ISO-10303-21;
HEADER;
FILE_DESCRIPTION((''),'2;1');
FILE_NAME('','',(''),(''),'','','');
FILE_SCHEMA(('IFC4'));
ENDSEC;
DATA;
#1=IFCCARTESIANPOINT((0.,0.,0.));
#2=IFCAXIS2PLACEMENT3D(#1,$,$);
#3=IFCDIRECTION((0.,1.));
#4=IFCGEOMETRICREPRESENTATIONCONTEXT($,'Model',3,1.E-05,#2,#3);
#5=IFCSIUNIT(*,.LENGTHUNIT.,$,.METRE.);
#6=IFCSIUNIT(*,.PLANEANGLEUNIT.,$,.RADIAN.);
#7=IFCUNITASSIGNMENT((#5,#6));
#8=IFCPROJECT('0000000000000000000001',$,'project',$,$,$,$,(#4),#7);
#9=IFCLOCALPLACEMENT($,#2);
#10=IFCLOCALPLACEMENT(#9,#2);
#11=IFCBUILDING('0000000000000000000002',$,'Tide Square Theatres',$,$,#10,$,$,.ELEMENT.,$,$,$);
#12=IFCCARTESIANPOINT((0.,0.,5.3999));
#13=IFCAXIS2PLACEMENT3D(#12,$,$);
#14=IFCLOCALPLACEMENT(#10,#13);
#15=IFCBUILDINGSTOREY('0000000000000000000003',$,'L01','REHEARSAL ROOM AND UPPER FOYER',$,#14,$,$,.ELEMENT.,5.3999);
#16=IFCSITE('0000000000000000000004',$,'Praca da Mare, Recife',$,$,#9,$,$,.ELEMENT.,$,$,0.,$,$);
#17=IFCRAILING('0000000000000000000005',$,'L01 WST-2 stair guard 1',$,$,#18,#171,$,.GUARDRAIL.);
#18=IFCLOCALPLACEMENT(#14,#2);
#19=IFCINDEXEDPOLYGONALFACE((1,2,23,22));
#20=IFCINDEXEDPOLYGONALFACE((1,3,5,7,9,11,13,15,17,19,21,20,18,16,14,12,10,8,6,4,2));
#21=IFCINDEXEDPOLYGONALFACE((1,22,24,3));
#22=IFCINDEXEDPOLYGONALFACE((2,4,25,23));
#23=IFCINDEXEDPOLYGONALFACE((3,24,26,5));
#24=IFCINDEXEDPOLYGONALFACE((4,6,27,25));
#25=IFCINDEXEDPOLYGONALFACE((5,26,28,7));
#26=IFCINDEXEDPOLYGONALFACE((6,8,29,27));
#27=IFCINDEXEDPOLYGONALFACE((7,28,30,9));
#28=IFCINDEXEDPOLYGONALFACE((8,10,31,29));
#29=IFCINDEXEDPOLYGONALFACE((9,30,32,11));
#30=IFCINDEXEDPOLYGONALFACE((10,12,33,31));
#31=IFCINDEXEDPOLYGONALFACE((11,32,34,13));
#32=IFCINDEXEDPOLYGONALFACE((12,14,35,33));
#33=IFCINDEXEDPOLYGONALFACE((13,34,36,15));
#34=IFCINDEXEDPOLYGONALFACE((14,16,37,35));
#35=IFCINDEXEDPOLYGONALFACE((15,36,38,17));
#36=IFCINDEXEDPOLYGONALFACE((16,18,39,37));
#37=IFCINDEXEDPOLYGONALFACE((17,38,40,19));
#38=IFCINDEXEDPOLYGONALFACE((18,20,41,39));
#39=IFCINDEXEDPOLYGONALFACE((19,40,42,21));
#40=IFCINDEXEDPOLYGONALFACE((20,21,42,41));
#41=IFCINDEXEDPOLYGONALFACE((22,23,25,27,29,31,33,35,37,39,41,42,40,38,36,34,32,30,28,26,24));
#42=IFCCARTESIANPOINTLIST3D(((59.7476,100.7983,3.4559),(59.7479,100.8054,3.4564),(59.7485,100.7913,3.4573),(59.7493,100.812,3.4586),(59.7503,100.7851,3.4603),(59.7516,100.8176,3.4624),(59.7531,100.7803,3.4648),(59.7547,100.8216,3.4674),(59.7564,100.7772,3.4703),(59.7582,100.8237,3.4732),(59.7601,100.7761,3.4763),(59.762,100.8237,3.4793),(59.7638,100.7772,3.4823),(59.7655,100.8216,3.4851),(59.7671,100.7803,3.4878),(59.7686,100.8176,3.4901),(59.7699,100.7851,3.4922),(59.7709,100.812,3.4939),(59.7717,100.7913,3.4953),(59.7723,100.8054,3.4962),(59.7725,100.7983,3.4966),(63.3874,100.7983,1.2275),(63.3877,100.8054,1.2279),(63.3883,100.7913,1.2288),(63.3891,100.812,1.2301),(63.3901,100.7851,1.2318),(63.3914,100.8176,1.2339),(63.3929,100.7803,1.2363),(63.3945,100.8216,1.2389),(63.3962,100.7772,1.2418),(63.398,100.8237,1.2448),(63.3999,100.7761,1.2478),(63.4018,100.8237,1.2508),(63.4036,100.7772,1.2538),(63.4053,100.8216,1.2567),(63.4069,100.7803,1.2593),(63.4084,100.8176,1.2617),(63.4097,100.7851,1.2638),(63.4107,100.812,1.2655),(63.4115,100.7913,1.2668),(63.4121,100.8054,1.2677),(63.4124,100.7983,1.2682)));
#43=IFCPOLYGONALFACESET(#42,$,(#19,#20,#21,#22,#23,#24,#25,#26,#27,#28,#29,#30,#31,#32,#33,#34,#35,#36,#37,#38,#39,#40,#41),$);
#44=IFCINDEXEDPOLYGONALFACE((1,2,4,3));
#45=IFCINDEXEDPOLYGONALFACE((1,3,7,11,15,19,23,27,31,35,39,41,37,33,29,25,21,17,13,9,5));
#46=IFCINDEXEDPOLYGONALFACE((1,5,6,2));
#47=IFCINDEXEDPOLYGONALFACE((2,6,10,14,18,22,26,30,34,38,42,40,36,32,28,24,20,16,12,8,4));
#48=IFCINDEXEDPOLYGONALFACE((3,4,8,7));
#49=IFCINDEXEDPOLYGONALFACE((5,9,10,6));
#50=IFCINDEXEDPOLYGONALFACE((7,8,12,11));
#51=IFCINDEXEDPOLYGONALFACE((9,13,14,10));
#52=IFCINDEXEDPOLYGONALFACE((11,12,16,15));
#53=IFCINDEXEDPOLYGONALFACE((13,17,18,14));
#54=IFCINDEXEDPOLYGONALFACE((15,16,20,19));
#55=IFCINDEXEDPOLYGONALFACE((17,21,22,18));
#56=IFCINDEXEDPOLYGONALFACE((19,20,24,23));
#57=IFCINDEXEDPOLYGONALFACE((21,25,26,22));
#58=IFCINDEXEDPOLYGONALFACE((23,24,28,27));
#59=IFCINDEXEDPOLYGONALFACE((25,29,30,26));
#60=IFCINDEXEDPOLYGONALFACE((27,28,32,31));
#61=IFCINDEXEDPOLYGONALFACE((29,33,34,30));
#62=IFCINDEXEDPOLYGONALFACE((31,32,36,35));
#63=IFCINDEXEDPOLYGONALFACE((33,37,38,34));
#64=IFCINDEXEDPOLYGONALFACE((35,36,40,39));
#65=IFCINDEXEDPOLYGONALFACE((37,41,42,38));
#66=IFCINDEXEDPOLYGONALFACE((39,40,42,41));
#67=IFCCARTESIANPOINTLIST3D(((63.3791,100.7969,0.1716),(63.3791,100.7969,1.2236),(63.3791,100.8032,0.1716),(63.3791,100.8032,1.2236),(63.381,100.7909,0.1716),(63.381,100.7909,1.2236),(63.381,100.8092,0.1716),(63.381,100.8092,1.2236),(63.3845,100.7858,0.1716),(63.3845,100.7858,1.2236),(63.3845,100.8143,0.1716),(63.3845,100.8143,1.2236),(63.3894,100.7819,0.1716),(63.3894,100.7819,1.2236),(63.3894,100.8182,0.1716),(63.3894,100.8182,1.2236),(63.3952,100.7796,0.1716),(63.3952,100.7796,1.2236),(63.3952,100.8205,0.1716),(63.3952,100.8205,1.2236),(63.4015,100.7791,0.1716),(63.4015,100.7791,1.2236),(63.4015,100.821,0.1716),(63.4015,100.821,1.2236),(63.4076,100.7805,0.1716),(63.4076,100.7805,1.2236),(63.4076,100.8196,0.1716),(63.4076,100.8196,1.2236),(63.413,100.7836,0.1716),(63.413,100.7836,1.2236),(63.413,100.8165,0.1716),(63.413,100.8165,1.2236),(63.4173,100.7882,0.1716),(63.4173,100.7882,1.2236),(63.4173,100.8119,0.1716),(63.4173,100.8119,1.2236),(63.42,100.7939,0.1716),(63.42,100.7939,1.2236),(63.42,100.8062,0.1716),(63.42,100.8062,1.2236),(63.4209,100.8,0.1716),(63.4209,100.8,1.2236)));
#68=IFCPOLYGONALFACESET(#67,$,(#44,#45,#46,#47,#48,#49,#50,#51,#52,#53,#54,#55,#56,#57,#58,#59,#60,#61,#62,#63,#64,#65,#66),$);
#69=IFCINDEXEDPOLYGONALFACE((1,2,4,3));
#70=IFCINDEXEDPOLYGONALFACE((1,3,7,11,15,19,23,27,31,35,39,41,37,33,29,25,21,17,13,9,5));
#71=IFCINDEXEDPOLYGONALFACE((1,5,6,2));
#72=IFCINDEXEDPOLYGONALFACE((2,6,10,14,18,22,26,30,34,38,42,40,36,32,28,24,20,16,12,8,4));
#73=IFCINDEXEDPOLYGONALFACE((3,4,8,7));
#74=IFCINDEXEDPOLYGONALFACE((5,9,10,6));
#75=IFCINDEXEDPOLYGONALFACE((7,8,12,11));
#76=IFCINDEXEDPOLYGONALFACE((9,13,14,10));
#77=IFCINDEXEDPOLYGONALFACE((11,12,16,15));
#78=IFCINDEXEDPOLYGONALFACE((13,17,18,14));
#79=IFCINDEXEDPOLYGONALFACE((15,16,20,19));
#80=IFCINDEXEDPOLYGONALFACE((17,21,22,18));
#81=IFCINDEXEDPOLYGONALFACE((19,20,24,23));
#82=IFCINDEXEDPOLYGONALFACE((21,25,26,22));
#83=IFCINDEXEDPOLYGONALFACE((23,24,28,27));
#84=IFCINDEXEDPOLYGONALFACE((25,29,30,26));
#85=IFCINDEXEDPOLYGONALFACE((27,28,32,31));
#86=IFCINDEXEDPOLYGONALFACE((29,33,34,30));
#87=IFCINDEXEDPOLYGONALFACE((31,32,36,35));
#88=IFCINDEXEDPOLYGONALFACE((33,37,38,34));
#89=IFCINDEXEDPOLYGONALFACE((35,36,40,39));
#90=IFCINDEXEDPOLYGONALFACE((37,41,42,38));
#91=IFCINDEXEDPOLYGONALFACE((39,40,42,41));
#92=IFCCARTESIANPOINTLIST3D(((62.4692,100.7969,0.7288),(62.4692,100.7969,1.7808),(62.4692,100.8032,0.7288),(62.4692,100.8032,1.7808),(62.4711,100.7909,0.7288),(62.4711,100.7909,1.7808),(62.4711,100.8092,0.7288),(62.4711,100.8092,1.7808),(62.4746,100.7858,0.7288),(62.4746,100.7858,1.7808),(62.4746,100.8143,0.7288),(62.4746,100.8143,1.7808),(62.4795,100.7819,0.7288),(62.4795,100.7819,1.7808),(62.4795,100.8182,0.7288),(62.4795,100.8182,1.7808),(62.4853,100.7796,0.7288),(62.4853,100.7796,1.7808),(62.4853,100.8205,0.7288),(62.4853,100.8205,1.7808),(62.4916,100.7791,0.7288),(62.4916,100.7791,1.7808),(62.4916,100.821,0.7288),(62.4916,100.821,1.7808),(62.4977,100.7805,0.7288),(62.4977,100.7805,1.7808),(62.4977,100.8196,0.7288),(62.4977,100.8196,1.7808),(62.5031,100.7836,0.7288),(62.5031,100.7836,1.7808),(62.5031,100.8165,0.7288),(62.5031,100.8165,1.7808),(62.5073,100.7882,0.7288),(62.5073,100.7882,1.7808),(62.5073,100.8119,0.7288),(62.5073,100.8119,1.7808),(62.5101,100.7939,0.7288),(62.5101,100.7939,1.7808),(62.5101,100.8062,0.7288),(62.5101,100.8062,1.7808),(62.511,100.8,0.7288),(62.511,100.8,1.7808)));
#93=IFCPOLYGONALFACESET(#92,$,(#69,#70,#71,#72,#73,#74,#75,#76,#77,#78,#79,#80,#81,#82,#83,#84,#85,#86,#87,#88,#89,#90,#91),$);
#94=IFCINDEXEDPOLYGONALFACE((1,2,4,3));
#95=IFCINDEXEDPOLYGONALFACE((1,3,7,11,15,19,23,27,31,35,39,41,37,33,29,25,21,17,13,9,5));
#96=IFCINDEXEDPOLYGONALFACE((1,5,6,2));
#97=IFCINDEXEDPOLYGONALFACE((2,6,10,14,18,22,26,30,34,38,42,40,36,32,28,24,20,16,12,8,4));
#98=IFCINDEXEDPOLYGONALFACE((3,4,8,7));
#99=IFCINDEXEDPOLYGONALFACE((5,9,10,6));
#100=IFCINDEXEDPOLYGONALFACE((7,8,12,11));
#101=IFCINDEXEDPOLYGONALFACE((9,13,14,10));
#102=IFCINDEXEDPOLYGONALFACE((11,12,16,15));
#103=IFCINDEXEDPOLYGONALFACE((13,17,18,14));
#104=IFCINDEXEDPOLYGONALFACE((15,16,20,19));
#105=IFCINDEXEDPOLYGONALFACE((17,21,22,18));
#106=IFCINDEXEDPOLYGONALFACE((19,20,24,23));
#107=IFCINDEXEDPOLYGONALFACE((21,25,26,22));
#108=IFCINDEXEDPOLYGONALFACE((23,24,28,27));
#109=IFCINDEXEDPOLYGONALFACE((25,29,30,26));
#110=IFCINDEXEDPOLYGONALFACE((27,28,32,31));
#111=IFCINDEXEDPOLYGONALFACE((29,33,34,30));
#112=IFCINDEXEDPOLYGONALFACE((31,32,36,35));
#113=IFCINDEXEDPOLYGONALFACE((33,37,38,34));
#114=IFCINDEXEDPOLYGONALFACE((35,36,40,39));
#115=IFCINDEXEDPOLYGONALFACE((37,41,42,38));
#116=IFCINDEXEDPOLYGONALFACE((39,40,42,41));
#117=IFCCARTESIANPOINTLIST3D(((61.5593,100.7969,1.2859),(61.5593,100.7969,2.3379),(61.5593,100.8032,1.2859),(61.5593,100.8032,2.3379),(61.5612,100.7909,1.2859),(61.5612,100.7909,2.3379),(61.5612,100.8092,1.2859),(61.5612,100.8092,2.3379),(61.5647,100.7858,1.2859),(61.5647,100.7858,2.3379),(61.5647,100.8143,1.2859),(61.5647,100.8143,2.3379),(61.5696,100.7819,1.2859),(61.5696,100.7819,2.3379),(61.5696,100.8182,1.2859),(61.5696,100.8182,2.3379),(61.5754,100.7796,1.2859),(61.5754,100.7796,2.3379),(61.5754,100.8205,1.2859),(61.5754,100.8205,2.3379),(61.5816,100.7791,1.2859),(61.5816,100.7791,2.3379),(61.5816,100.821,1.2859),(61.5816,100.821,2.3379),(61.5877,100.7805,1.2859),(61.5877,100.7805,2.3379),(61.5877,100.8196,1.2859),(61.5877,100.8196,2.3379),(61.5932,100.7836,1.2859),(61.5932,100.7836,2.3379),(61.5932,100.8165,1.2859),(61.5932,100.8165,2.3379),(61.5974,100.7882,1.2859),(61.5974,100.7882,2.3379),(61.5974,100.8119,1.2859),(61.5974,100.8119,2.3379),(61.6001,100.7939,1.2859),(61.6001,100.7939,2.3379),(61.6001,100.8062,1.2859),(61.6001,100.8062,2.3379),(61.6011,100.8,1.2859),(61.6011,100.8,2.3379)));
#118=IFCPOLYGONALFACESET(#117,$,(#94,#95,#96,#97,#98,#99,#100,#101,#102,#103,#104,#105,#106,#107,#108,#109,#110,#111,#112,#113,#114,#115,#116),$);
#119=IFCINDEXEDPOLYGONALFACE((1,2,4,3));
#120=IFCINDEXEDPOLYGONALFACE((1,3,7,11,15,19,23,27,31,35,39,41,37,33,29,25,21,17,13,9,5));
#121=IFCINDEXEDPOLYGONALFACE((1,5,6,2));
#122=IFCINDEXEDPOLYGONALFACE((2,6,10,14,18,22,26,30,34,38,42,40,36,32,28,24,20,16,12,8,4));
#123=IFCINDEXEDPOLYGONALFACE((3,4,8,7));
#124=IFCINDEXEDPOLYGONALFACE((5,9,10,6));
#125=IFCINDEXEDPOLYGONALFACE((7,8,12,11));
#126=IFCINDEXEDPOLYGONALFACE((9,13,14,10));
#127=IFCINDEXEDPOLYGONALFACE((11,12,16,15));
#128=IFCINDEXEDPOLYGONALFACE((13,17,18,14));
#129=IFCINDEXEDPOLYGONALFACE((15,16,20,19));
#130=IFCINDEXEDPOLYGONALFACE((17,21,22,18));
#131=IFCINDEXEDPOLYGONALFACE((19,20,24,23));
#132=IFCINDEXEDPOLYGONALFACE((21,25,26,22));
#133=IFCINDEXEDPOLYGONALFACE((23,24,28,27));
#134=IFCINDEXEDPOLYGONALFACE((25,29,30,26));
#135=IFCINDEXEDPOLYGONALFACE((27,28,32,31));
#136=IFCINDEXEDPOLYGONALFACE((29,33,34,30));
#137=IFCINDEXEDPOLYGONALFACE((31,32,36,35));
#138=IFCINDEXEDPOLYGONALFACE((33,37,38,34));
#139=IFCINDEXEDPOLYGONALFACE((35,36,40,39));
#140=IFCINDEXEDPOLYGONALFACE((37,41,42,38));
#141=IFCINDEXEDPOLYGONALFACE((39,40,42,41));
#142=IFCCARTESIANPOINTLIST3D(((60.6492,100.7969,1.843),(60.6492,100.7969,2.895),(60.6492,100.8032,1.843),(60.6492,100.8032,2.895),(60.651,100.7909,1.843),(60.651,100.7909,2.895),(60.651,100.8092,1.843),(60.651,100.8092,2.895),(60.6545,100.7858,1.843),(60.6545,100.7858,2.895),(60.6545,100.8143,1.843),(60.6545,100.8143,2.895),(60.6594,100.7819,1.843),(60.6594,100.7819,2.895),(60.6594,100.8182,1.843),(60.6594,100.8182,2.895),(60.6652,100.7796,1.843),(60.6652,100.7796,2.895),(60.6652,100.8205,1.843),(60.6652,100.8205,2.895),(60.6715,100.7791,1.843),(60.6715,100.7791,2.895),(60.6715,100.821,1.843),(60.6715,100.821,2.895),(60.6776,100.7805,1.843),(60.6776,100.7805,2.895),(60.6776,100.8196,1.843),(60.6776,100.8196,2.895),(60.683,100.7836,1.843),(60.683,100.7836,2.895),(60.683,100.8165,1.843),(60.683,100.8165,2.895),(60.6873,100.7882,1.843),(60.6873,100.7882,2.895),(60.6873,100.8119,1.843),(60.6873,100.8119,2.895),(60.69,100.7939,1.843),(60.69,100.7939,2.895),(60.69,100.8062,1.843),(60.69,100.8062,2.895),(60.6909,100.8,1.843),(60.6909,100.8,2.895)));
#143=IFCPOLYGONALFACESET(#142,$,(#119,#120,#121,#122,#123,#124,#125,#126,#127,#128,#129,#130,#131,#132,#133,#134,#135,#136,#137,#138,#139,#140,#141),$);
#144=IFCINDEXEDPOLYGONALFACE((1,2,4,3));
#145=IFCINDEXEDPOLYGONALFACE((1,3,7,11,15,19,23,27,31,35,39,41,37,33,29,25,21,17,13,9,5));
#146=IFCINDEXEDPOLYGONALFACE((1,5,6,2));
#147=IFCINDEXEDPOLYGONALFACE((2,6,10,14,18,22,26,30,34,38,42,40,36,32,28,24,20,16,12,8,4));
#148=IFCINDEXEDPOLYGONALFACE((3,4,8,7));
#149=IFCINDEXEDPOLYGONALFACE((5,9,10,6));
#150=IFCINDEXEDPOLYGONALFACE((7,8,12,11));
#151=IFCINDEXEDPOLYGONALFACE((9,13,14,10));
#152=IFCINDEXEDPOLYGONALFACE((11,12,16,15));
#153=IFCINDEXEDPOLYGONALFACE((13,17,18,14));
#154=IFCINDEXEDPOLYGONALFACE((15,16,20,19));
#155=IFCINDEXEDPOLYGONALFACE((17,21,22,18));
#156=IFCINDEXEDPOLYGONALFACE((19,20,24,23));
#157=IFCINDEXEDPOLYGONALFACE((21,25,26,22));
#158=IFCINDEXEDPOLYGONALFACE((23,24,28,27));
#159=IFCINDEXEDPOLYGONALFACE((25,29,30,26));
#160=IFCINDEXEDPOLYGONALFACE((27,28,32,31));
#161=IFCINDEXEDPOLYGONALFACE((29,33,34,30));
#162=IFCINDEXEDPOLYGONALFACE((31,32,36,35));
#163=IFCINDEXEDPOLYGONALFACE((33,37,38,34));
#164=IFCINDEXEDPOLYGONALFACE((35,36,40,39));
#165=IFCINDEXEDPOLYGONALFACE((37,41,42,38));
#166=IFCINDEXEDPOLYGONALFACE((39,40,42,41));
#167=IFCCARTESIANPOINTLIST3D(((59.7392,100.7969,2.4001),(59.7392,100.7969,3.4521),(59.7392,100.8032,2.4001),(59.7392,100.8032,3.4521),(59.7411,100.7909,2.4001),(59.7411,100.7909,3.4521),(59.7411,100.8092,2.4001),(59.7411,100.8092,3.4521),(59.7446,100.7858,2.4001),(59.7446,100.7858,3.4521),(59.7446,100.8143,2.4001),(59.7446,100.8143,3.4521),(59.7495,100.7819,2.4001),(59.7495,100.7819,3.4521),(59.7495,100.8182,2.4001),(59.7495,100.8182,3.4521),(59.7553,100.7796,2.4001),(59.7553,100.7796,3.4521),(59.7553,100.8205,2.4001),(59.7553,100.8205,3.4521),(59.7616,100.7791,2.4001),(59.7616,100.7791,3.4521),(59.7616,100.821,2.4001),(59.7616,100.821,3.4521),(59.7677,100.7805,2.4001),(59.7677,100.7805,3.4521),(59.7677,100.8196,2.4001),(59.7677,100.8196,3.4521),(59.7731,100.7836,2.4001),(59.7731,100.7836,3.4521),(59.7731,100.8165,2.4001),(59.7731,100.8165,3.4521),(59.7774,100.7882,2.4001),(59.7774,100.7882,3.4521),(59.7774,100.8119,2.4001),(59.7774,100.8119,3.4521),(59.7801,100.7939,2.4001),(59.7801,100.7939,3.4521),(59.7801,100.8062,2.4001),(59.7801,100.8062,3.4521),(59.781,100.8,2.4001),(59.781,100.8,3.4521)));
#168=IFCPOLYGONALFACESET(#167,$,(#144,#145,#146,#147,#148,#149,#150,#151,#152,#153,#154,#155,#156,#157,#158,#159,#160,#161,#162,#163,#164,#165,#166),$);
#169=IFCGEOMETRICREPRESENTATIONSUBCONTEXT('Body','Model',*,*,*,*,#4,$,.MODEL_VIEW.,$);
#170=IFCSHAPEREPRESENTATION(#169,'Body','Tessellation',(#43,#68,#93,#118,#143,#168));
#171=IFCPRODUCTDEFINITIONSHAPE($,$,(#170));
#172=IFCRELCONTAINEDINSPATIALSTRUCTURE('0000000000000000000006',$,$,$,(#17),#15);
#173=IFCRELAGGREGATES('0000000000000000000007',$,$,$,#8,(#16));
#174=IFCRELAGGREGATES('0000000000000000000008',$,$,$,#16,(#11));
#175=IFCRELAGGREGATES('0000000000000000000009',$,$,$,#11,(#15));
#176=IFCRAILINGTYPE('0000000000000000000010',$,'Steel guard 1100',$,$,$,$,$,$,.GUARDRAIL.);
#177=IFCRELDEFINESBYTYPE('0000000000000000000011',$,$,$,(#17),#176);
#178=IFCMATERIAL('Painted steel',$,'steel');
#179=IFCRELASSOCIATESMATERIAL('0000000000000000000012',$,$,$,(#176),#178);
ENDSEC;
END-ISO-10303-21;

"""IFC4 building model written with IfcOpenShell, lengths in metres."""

from ifc_helpers import new_model, si_unit, direction, frame, origin, origin_2d, place, context, subcontext, project, spatial, circle, extrude, material, type_object, element, save


model = new_model("IFC4")

# Units and contexts
model_context = context("Model", 3, precision=1e-05, world=origin(), true_north=direction((0.0, 1.0)))
body_context = subcontext(model_context, "Body", "Model", "MODEL_VIEW")
ifc_project = project(units=[si_unit("LENGTHUNIT", "METRE"), si_unit("PLANEANGLEUNIT", "RADIAN")], contexts=[model_context])

# Site, building, storey
site_placement = place(None, origin())
site = spatial("IfcSite", under=ifc_project, at=site_placement, Name="Praca da Mare, Recife", CompositionType="ELEMENT", RefElevation=0.0)
building_placement = place(site_placement, origin())
building = spatial("IfcBuilding", under=site, at=building_placement, Name="Tide Square Theatres", CompositionType="ELEMENT")
storey_placement = place(building_placement, frame((0.0, 0.0, 5.3999)))
storey = spatial("IfcBuildingStorey", under=building, at=storey_placement, Name="L01", Description="REHEARSAL ROOM AND UPPER FOYER", CompositionType="ELEMENT", Elevation=5.3999)

# Railing
ifc_material_1 = material(Name="Painted steel", Category="steel")
railing_type_1 = type_object("IfcRailingType", Name="Steel guard 1100", PredefinedType="GUARDRAIL", material=ifc_material_1)
railing_1_placement = place(storey_placement, frame((63.3999, 100.8, 0.1716)))
element("IfcRailing", 1, at=railing_1_placement, inside=storey, type_object=railing_type_1, Name="L01 WST-2 stair guard 1", PredefinedType="GUARDRAIL", context=body_context, shape_type="SweptSolid", body=[
    extrude(circle(Radius=0.0239, at=origin_2d()), frame((0.0, 0.0, 1.0762), z_axis=(-0.85285, 0.0, 0.522156), x_axis=(0.0, -1.0, 0.0)), (0.0, 0.0, 1.0), 4.2678),
    extrude(circle(Radius=0.021, at=origin_2d()), origin(), (0.0, 0.0, 1.0), 1.052),
    extrude(circle(Radius=0.021, at=origin_2d()), frame((-0.9099, 0.0, 0.5571)), (0.0, 0.0, 1.0), 1.052),
    extrude(circle(Radius=0.021, at=origin_2d()), frame((-1.8198, 0.0, 1.1143)), (0.0, 0.0, 1.0), 1.052),
    extrude(circle(Radius=0.021, at=origin_2d()), frame((-2.73, 0.0, 1.6714)), (0.0, 0.0, 1.0), 1.052),
    extrude(circle(Radius=0.021, at=origin_2d()), frame((-3.6399, 0.0, 2.2285)), (0.0, 0.0, 1.0), 1.052),
])

save(model, "model.ifc")
